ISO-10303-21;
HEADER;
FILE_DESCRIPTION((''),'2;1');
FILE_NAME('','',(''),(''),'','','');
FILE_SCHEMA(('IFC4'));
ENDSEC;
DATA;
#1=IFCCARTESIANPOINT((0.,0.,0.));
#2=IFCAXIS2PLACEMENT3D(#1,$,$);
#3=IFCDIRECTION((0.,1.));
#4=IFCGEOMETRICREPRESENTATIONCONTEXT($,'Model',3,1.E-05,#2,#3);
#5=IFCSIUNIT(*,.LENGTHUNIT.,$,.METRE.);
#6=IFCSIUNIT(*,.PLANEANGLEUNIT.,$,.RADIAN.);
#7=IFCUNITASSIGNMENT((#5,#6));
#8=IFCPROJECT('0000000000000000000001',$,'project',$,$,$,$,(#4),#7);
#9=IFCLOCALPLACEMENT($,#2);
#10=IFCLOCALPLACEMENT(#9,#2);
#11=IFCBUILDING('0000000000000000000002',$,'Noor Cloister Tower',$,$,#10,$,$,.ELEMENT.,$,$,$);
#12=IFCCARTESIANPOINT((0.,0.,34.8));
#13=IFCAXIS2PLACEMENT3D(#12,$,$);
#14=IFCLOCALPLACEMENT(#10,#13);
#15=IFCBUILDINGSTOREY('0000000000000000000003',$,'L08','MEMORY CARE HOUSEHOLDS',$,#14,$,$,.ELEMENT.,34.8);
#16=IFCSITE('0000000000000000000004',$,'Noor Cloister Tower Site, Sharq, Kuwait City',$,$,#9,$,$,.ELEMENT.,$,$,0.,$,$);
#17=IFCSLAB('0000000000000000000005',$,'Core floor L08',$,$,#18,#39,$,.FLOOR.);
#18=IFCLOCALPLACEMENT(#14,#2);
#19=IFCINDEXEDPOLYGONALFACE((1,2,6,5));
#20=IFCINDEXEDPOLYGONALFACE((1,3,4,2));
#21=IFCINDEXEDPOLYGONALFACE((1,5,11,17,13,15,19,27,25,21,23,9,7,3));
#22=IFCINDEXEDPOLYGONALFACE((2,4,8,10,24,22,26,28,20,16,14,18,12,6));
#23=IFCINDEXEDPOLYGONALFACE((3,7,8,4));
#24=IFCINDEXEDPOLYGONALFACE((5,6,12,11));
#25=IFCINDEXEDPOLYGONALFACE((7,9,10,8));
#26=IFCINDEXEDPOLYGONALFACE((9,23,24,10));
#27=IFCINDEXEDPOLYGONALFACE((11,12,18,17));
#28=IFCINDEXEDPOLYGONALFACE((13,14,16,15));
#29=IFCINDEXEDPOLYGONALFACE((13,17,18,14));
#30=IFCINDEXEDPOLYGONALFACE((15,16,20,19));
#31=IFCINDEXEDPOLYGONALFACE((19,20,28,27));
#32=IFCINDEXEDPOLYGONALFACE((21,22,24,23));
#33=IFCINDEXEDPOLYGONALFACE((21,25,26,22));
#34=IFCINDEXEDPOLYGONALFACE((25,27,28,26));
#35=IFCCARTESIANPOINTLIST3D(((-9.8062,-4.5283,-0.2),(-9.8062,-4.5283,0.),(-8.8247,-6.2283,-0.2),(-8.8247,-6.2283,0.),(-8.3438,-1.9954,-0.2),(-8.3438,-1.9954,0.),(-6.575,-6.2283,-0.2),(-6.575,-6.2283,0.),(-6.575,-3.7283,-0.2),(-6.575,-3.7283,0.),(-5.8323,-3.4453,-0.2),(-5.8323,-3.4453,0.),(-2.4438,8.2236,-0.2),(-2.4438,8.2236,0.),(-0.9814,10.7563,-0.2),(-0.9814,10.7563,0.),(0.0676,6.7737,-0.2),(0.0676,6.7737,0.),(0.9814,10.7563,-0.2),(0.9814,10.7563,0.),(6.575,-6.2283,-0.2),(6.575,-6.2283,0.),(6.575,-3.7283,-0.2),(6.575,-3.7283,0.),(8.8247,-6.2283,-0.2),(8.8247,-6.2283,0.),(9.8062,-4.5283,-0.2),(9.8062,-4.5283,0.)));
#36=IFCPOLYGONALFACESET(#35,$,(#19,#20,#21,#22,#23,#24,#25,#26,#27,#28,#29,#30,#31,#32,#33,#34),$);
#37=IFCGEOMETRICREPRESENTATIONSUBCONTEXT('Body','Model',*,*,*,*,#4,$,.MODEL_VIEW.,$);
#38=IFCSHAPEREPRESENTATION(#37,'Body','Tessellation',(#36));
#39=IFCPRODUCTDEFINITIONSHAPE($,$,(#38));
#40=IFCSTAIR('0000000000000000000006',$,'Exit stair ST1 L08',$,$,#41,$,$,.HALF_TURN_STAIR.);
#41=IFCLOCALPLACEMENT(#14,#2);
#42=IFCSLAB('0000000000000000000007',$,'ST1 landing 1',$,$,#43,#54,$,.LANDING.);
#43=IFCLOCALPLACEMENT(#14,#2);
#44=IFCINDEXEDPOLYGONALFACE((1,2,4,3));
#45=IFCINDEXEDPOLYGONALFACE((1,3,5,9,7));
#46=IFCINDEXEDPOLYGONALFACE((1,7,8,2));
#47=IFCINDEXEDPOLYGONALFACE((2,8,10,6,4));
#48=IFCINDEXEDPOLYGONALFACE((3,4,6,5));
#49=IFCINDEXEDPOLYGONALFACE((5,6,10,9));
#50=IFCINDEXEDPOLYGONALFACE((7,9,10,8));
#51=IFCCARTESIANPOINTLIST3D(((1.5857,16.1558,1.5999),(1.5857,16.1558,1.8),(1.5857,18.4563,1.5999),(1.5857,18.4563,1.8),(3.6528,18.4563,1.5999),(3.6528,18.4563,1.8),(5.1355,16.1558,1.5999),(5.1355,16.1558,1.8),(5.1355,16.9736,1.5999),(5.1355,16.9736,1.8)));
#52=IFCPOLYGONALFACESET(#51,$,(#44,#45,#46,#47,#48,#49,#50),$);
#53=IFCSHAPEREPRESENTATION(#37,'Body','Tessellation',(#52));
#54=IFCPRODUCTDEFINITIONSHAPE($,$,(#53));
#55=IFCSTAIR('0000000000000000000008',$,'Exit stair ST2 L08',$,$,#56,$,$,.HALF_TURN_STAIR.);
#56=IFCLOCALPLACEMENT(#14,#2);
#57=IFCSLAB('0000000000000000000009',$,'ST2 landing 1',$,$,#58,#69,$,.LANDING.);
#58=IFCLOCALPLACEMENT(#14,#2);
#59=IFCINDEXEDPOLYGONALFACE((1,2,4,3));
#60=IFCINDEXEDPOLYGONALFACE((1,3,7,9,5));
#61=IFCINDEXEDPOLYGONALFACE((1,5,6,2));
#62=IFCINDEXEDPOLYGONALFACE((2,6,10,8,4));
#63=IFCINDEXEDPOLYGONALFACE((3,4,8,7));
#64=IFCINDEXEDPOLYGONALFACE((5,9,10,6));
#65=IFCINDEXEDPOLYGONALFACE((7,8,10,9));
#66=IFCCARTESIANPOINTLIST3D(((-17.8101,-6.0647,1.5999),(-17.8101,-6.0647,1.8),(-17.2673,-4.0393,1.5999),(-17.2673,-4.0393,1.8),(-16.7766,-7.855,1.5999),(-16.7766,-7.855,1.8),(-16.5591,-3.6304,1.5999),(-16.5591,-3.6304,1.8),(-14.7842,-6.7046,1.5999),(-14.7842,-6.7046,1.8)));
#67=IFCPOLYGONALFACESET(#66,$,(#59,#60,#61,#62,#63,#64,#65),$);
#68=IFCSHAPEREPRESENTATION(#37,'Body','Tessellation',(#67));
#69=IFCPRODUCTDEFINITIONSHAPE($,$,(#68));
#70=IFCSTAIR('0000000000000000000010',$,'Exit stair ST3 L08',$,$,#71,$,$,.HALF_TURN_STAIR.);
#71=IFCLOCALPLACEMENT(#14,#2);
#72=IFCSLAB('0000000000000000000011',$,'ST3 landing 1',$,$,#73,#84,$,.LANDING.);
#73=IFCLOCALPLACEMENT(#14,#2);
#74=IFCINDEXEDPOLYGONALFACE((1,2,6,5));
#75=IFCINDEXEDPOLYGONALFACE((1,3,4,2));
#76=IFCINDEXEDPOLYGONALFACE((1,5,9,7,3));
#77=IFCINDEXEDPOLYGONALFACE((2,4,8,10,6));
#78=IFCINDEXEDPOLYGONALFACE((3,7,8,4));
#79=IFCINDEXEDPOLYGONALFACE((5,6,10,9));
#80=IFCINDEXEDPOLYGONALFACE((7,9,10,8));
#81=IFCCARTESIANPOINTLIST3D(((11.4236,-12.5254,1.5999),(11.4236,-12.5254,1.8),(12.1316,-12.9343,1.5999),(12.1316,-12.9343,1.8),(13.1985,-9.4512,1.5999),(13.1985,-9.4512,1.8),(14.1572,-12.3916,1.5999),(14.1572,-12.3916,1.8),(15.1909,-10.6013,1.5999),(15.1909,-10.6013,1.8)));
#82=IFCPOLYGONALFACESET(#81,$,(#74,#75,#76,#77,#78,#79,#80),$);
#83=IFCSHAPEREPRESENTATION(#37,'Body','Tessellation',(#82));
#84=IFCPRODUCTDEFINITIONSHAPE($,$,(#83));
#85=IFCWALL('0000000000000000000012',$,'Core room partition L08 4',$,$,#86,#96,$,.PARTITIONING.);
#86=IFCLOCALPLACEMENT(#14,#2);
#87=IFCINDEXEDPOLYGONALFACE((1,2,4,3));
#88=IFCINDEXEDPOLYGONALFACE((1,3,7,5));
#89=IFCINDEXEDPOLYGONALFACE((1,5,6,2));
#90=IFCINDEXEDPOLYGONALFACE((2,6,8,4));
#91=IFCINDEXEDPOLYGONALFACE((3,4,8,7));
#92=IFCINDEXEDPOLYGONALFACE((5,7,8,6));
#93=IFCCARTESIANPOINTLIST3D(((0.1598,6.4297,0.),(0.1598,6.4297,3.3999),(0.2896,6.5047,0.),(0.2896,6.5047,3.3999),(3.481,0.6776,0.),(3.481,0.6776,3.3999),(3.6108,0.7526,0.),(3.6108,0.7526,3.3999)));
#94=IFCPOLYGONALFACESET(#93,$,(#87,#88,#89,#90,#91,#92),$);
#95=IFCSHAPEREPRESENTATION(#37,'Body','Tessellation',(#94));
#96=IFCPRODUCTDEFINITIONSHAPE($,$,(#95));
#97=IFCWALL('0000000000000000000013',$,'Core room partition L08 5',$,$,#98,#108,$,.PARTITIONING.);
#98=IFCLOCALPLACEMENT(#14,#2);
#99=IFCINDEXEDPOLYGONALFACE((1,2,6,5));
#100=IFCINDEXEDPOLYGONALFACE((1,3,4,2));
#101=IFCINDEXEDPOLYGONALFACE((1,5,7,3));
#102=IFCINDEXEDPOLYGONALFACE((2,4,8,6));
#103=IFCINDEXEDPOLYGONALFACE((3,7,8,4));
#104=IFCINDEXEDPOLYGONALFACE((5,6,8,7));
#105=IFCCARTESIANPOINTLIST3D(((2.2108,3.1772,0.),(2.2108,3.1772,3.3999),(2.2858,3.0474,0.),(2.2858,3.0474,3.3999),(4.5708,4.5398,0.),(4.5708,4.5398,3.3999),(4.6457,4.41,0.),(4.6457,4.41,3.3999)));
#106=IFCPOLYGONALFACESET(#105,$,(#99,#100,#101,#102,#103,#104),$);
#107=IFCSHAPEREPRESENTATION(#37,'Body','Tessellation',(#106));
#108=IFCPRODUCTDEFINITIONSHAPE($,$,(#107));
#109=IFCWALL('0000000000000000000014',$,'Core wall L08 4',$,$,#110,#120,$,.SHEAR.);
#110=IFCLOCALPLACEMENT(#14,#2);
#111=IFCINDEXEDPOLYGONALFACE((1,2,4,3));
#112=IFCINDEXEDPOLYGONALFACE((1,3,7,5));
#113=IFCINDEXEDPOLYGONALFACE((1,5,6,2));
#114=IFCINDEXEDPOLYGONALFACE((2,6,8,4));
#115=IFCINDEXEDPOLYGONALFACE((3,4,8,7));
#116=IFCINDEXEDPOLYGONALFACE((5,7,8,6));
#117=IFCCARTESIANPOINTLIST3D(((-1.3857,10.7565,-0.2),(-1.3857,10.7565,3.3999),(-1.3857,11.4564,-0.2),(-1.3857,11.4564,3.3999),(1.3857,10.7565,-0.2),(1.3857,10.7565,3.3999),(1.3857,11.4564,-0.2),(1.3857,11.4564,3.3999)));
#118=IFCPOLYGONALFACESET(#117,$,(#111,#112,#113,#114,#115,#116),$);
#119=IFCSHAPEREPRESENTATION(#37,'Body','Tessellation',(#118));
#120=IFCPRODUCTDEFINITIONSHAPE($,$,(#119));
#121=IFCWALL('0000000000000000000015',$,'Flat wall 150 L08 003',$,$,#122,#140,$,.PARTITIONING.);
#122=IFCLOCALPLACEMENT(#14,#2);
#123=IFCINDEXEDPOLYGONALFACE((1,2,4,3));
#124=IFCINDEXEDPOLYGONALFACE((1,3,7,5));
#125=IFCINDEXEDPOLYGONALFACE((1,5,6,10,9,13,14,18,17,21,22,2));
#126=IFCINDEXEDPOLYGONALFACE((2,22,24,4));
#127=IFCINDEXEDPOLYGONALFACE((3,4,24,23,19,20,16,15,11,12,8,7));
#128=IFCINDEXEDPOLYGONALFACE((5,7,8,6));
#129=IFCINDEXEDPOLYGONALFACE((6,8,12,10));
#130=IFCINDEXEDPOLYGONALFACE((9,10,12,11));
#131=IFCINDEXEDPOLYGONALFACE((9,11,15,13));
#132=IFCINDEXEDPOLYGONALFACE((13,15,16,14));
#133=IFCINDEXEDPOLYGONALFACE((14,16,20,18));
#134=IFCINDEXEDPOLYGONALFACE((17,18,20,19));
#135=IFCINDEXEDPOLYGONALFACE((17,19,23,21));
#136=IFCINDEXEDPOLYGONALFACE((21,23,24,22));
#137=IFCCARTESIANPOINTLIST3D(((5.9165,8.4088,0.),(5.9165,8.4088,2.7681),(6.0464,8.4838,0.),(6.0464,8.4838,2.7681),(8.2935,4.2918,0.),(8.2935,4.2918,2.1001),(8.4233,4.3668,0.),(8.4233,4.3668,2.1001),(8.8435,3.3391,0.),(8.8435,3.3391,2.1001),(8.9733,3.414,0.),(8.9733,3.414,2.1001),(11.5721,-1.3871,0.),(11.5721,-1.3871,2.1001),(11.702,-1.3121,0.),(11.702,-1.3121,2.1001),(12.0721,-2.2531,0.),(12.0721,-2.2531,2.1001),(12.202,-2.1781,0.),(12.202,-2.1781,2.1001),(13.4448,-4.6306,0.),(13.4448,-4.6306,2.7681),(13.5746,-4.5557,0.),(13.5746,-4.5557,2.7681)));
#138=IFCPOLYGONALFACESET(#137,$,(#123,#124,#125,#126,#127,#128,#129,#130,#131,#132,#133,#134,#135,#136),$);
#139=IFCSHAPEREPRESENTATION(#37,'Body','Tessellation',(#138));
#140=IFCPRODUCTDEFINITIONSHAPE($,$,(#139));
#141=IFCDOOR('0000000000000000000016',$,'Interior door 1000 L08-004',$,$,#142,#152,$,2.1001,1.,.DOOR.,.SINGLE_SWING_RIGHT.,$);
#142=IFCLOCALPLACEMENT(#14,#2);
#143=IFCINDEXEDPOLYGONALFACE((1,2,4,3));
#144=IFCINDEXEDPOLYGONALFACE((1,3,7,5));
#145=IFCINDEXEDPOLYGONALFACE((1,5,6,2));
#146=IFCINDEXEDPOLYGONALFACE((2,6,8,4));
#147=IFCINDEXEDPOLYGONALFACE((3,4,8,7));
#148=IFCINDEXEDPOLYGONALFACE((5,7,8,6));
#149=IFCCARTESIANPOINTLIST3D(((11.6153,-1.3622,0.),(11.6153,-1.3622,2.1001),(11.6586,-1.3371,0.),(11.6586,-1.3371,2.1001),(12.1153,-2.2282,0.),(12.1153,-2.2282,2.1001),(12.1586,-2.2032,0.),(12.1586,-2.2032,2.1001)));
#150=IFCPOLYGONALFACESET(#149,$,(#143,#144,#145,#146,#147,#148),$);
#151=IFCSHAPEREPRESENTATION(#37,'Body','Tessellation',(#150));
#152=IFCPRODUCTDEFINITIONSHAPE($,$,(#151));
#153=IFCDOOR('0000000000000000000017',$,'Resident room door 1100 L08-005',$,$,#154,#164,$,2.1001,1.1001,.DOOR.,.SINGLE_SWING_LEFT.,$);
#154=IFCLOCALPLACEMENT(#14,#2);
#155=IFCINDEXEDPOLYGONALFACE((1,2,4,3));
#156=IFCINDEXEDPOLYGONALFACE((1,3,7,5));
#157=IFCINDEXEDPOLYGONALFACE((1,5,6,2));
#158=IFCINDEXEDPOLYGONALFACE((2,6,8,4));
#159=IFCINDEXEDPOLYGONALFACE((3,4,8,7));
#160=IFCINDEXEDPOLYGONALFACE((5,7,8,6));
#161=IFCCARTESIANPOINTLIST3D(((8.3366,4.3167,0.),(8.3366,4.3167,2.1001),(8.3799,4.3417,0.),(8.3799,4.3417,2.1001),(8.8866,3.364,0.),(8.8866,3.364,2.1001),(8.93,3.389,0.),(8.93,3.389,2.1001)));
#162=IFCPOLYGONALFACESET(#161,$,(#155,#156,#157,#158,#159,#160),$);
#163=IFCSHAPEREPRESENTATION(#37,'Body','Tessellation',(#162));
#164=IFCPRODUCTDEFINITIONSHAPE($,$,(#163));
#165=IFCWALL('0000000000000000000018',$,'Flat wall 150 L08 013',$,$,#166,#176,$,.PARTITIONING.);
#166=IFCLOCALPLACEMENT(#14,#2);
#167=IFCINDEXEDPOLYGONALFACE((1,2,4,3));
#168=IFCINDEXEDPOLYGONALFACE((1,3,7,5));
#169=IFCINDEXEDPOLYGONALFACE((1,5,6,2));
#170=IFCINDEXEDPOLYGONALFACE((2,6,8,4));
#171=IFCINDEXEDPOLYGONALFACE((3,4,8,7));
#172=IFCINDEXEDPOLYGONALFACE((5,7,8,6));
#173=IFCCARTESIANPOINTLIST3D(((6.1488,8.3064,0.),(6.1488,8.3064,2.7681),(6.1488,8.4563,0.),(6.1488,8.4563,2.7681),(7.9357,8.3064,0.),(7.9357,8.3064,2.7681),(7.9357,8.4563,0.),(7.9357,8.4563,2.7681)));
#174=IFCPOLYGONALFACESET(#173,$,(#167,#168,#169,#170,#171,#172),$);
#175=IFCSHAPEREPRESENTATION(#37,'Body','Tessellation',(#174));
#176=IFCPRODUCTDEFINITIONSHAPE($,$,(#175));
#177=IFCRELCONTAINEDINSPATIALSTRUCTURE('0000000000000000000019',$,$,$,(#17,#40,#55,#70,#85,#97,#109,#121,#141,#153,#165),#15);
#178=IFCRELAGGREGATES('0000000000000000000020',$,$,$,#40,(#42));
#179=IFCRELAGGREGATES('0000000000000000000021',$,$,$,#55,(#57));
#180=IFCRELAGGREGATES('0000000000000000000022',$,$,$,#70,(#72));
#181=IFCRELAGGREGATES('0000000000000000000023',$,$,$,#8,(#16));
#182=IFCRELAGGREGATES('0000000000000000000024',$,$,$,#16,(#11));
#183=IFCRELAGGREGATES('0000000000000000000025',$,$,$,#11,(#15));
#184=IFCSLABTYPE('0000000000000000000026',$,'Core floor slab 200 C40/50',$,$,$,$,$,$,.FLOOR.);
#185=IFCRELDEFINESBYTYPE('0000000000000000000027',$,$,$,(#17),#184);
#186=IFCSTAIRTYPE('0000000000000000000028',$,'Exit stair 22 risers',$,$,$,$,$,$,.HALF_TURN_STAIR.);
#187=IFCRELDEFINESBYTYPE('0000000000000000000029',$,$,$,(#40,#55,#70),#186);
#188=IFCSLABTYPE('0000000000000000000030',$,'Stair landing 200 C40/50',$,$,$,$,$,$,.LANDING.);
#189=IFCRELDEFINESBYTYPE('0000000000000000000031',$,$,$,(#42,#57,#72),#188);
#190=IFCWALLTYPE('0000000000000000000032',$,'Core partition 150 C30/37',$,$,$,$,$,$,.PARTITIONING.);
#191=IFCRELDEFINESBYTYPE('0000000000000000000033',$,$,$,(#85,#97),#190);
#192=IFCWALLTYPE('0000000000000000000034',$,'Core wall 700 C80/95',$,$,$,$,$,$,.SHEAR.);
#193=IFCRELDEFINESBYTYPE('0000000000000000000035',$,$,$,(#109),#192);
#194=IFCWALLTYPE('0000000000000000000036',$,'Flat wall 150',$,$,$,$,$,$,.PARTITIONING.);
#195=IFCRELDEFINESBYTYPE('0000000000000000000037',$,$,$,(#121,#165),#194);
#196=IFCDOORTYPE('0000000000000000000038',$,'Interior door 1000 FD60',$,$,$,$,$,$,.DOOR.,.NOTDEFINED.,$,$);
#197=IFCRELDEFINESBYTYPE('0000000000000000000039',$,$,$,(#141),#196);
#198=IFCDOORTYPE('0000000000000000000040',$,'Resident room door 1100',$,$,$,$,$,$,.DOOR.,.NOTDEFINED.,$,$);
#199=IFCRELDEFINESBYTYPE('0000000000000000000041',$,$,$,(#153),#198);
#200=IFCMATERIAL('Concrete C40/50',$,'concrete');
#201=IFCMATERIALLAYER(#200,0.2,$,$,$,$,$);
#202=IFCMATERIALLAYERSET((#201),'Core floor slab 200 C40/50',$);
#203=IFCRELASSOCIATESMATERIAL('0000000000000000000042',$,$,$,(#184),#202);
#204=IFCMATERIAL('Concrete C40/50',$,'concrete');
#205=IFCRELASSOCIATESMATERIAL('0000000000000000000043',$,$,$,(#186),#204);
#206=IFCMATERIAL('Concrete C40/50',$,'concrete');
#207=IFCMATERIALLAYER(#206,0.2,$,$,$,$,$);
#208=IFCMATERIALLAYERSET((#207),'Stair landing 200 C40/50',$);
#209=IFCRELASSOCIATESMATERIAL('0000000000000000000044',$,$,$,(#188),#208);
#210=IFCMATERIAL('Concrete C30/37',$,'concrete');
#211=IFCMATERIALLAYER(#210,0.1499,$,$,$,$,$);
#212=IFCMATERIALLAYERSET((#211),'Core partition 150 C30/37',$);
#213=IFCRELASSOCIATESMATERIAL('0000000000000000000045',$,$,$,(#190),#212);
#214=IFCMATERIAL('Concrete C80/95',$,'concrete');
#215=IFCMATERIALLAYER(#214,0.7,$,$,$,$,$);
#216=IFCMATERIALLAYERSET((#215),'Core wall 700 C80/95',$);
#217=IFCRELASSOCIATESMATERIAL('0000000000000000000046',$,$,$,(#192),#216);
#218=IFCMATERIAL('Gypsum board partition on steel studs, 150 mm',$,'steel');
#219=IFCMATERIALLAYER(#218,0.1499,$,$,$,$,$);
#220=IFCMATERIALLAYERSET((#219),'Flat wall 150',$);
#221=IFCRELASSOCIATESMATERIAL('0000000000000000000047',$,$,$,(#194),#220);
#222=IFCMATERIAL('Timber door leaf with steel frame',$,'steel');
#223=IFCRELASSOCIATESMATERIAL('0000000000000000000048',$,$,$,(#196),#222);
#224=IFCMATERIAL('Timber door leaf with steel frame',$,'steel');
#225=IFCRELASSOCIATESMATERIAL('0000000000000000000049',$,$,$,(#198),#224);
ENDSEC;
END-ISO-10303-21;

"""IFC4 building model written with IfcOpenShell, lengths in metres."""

from ifc_helpers import new_model, si_unit, direction, frame, frame_2d, origin, place, context, subcontext, project, spatial, polyline, rectangle, outline, extrude, material, layer, layer_set, type_object, element, fill, aggregate, save


model = new_model("IFC4")

# Units and contexts
model_context = context("Model", 3, precision=1e-05, world=origin(), true_north=direction((0.0, 1.0)))
body_context = subcontext(model_context, "Body", "Model", "MODEL_VIEW")
ifc_project = project(units=[si_unit("LENGTHUNIT", "METRE"), si_unit("PLANEANGLEUNIT", "RADIAN")], contexts=[model_context])

# Site, building, storey
site_placement = place(None, origin())
site = spatial("IfcSite", under=ifc_project, at=site_placement, Name="Noor Cloister Tower Site, Sharq, Kuwait City", CompositionType="ELEMENT", RefElevation=0.0)
building_placement = place(site_placement, origin())
building = spatial("IfcBuilding", under=site, at=building_placement, Name="Noor Cloister Tower", CompositionType="ELEMENT")
storey_placement = place(building_placement, frame((0.0, 0.0, 34.8)))
storey = spatial("IfcBuildingStorey", under=building, at=storey_placement, Name="L08", Description="MEMORY CARE HOUSEHOLDS", CompositionType="ELEMENT", Elevation=34.8)

# Slab
ifc_material_1 = material(Name="Concrete C40/50", Category="concrete")
ifc_layer_1 = layer(ifc_material_1, 0.2)
ifc_layer_set_1 = layer_set([ifc_layer_1], Name="Core floor slab 200 C40/50")
slab_type_1 = type_object("IfcSlabType", Name="Core floor slab 200 C40/50", PredefinedType="FLOOR", material=ifc_layer_set_1)
slab_1_placement = place(storey_placement, frame((0.0, 0.0, -0.2)))
element("IfcSlab", 1, at=slab_1_placement, inside=storey, type_object=slab_type_1, Name="Core floor L08", PredefinedType="FLOOR", context=body_context, shape_type="SweptSolid", body=[
    extrude(outline(polyline([(-6.575, -6.2283), (-6.575, -3.7283), (6.575, -3.7283), (6.575, -6.2283), (8.8247, -6.2283), (9.8062, -4.5283), (0.9814, 10.7563), (-0.9814, 10.7563), (-2.4438, 8.2236), (0.0676, 6.7737), (-5.8323, -3.4453), (-8.3438, -1.9954), (-9.8062, -4.5283), (-8.8247, -6.2283), (-6.575, -6.2283)])), origin(), (0.0, 0.0, 1.0), 0.2),
])

# Stairs, slabs
ifc_material_2 = material(Name="Concrete C40/50", Category="concrete")
stair_type = type_object("IfcStairType", Name="Exit stair 22 risers", PredefinedType="HALF_TURN_STAIR", material=ifc_material_2)
stair_1_placement = place(storey_placement, origin())
stair_1 = element("IfcStair", 2, at=stair_1_placement, inside=storey, type_object=stair_type, Name="Exit stair ST1 L08", PredefinedType="HALF_TURN_STAIR")
ifc_material_3 = material(Name="Concrete C40/50", Category="concrete")
ifc_layer_2 = layer(ifc_material_3, 0.2)
ifc_layer_set_2 = layer_set([ifc_layer_2], Name="Stair landing 200 C40/50")
slab_type_2 = type_object("IfcSlabType", Name="Stair landing 200 C40/50", PredefinedType="LANDING", material=ifc_layer_set_2)
slab_2_placement = place(storey_placement, frame((0.0, 0.0, 1.5999)))
slab_2 = element("IfcSlab", 3, at=slab_2_placement, type_object=slab_type_2, Name="ST1 landing 1", PredefinedType="LANDING", context=body_context, shape_type="SweptSolid", body=[
    extrude(outline(polyline([(5.1355, 16.1558), (5.1355, 16.9736), (3.6528, 18.4563), (1.5857, 18.4563), (1.5857, 16.1558), (5.1355, 16.1558)])), origin(), (0.0, 0.0, 1.0), 0.2002),
])
aggregate(stair_1, [slab_2])
stair_2_placement = place(storey_placement, origin())
stair_2 = element("IfcStair", 4, at=stair_2_placement, inside=storey, type_object=stair_type, Name="Exit stair ST2 L08", PredefinedType="HALF_TURN_STAIR")
slab_3_placement = place(storey_placement, frame((0.0, 0.0, 1.5999)))
slab_3 = element("IfcSlab", 5, at=slab_3_placement, type_object=slab_type_2, Name="ST2 landing 1", PredefinedType="LANDING", context=body_context, shape_type="SweptSolid", body=[
    extrude(outline(polyline([(-16.5591, -3.6304), (-17.2673, -4.0393), (-17.8101, -6.0647), (-16.7766, -7.855), (-14.7842, -6.7046), (-16.5591, -3.6304)])), origin(), (0.0, 0.0, 1.0), 0.2002),
])
aggregate(stair_2, [slab_3])
stair_3_placement = place(storey_placement, origin())
stair_3 = element("IfcStair", 6, at=stair_3_placement, inside=storey, type_object=stair_type, Name="Exit stair ST3 L08", PredefinedType="HALF_TURN_STAIR")
slab_4_placement = place(storey_placement, frame((0.0, 0.0, 1.5999)))
slab_4 = element("IfcSlab", 7, at=slab_4_placement, type_object=slab_type_2, Name="ST3 landing 1", PredefinedType="LANDING", context=body_context, shape_type="SweptSolid", body=[
    extrude(outline(polyline([(11.4236, -12.5254), (12.1316, -12.9343), (14.1572, -12.3916), (15.1909, -10.6013), (13.1985, -9.4512), (11.4236, -12.5254)])), origin(), (0.0, 0.0, 1.0), 0.2002),
])
aggregate(stair_3, [slab_4])

# Walls
ifc_material_4 = material(Name="Concrete C30/37", Category="concrete")
ifc_layer_3 = layer(ifc_material_4, 0.1499)
ifc_layer_set_3 = layer_set([ifc_layer_3], Name="Core partition 150 C30/37")
wall_type_1 = type_object("IfcWallType", Name="Core partition 150 C30/37", PredefinedType="PARTITIONING", material=ifc_layer_set_3)
wall_1_placement = place(storey_placement, frame((3.5459, 0.7151, 0.0), z_axis=(0.0, 0.0, 1.0), x_axis=(-0.500029, 0.866009, 0.0)))
element("IfcWall", 8, at=wall_1_placement, inside=storey, type_object=wall_type_1, Name="Core room partition L08 4", PredefinedType="PARTITIONING", context=body_context, shape_type="SweptSolid", body=[
    extrude(rectangle(XDim=6.6421, YDim=0.1499, at=frame_2d((3.321, 0.0))), origin(), (0.0, 0.0, 1.0), 3.3999),
])
wall_2_placement = place(storey_placement, frame((2.2483, 3.1123, 0.0), z_axis=(0.0, 0.0, 1.0), x_axis=(0.866013, 0.500022, 0.0)))
element("IfcWall", 9, at=wall_2_placement, inside=storey, type_object=wall_type_1, Name="Core room partition L08 5", PredefinedType="PARTITIONING", context=body_context, shape_type="SweptSolid", body=[
    extrude(rectangle(XDim=2.7251, YDim=0.1499, at=frame_2d((1.3625, 0.0))), origin(), (0.0, 0.0, 1.0), 3.3999),
])
ifc_material_5 = material(Name="Concrete C80/95", Category="concrete")
ifc_layer_4 = layer(ifc_material_5, 0.7)
ifc_layer_set_4 = layer_set([ifc_layer_4], Name="Core wall 700 C80/95")
wall_type_2 = type_object("IfcWallType", Name="Core wall 700 C80/95", PredefinedType="SHEAR", material=ifc_layer_set_4)
wall_3_placement = place(storey_placement, frame((1.3857, 11.1064, -0.2), z_axis=(0.0, 0.0, 1.0), x_axis=(-1.0, 0.0, 0.0)))
element("IfcWall", 10, at=wall_3_placement, inside=storey, type_object=wall_type_2, Name="Core wall L08 4", PredefinedType="SHEAR", context=body_context, shape_type="SweptSolid", body=[
    extrude(rectangle(XDim=2.7715, YDim=0.7, at=frame_2d((1.3857, 0.0))), origin(), (0.0, 0.0, 1.0), 3.5999),
])

# Wall, openings, doors
ifc_material_6 = material(Name="Gypsum board partition on steel studs, 150 mm", Category="steel")
ifc_layer_5 = layer(ifc_material_6, 0.1499)
ifc_layer_set_5 = layer_set([ifc_layer_5], Name="Flat wall 150")
wall_type_3 = type_object("IfcWallType", Name="Flat wall 150", PredefinedType="PARTITIONING", material=ifc_layer_set_5)
wall_4_placement = place(storey_placement, frame((5.9814, 8.4463, 0.0), z_axis=(0.0, 0.0, 1.0), x_axis=(0.499997, -0.866027, 0.0)))
wall_4 = element("IfcWall", 11, at=wall_4_placement, inside=storey, type_object=wall_type_3, Name="Flat wall 150 L08 003", PredefinedType="PARTITIONING", context=body_context, shape_type="SweptSolid", body=[
    extrude(rectangle(XDim=15.0566, YDim=0.1499, at=frame_2d((7.5283, 0.0))), origin(), (0.0, 0.0, 1.0), 2.7681),
])
opening_1_placement = place(wall_4_placement, frame((11.3113, 0.0, 0.0)))
opening_1 = element("IfcOpeningElement", 12, at=opening_1_placement, cuts=wall_4, PredefinedType="OPENING", context=body_context, shape_type="SweptSolid", body=[
    extrude(rectangle(XDim=1.0, YDim=2.1001, at=frame_2d((0.5, 1.05))), frame((0.0, 0.085, 0.0), z_axis=(0.0, -1.0, 0.0), x_axis=(1.0, 0.0, 0.0)), (0.0, 0.0, 1.0), 0.1699),
])
opening_2_placement = place(wall_4_placement, frame((4.7539, 0.0, 0.0)))
opening_2 = element("IfcOpeningElement", 13, at=opening_2_placement, cuts=wall_4, PredefinedType="OPENING", context=body_context, shape_type="SweptSolid", body=[
    extrude(rectangle(XDim=1.1001, YDim=2.1001, at=frame_2d((0.55, 1.05))), frame((0.0, 0.085, 0.0), z_axis=(0.0, -1.0, 0.0), x_axis=(1.0, 0.0, 0.0)), (0.0, 0.0, 1.0), 0.1699),
])
ifc_material_7 = material(Name="Timber door leaf with steel frame", Category="steel")
door_type_1 = type_object("IfcDoorType", Name="Interior door 1000 FD60", OperationType="NOTDEFINED", PredefinedType="DOOR", material=ifc_material_7)
door_1_placement = place(opening_1_placement, origin())
door_1 = element("IfcDoor", 14, at=door_1_placement, inside=storey, type_object=door_type_1, Name="Interior door 1000 L08-004", OperationType="SINGLE_SWING_RIGHT", OverallHeight=2.1001, OverallWidth=1.0, PredefinedType="DOOR", context=body_context, shape_type="SweptSolid", body=[
    extrude(rectangle(XDim=1.0, YDim=2.1001, at=frame_2d((0.5, 1.05))), frame((0.0, 0.0249, 0.0), z_axis=(0.0, -1.0, 0.0), x_axis=(1.0, 0.0, 0.0)), (0.0, 0.0, 1.0), 0.05),
])
fill(opening_1, door_1)
ifc_material_8 = material(Name="Timber door leaf with steel frame", Category="steel")
door_type_2 = type_object("IfcDoorType", Name="Resident room door 1100", OperationType="NOTDEFINED", PredefinedType="DOOR", material=ifc_material_8)
door_2_placement = place(opening_2_placement, origin())
door_2 = element("IfcDoor", 15, at=door_2_placement, inside=storey, type_object=door_type_2, Name="Resident room door 1100 L08-005", OperationType="SINGLE_SWING_LEFT", OverallHeight=2.1001, OverallWidth=1.1001, PredefinedType="DOOR", context=body_context, shape_type="SweptSolid", body=[
    extrude(rectangle(XDim=1.1001, YDim=2.1001, at=frame_2d((0.55, 1.05))), frame((0.0, 0.0249, 0.0), z_axis=(0.0, -1.0, 0.0), x_axis=(1.0, 0.0, 0.0)), (0.0, 0.0, 1.0), 0.05),
])
fill(opening_2, door_2)

# Wall
wall_5_placement = place(storey_placement, frame((6.1487, 8.3813, 0.0), z_axis=(0.0, 0.0, 1.0), x_axis=(1.0, 0.0, 0.0)))
element("IfcWall", 16, at=wall_5_placement, inside=storey, type_object=wall_type_3, Name="Flat wall 150 L08 013", PredefinedType="PARTITIONING", context=body_context, shape_type="SweptSolid", body=[
    extrude(rectangle(XDim=1.7869, YDim=0.1499, at=frame_2d((0.8936, 0.0))), origin(), (0.0, 0.0, 1.0), 2.7681),
])

save(model, "model.ifc")
